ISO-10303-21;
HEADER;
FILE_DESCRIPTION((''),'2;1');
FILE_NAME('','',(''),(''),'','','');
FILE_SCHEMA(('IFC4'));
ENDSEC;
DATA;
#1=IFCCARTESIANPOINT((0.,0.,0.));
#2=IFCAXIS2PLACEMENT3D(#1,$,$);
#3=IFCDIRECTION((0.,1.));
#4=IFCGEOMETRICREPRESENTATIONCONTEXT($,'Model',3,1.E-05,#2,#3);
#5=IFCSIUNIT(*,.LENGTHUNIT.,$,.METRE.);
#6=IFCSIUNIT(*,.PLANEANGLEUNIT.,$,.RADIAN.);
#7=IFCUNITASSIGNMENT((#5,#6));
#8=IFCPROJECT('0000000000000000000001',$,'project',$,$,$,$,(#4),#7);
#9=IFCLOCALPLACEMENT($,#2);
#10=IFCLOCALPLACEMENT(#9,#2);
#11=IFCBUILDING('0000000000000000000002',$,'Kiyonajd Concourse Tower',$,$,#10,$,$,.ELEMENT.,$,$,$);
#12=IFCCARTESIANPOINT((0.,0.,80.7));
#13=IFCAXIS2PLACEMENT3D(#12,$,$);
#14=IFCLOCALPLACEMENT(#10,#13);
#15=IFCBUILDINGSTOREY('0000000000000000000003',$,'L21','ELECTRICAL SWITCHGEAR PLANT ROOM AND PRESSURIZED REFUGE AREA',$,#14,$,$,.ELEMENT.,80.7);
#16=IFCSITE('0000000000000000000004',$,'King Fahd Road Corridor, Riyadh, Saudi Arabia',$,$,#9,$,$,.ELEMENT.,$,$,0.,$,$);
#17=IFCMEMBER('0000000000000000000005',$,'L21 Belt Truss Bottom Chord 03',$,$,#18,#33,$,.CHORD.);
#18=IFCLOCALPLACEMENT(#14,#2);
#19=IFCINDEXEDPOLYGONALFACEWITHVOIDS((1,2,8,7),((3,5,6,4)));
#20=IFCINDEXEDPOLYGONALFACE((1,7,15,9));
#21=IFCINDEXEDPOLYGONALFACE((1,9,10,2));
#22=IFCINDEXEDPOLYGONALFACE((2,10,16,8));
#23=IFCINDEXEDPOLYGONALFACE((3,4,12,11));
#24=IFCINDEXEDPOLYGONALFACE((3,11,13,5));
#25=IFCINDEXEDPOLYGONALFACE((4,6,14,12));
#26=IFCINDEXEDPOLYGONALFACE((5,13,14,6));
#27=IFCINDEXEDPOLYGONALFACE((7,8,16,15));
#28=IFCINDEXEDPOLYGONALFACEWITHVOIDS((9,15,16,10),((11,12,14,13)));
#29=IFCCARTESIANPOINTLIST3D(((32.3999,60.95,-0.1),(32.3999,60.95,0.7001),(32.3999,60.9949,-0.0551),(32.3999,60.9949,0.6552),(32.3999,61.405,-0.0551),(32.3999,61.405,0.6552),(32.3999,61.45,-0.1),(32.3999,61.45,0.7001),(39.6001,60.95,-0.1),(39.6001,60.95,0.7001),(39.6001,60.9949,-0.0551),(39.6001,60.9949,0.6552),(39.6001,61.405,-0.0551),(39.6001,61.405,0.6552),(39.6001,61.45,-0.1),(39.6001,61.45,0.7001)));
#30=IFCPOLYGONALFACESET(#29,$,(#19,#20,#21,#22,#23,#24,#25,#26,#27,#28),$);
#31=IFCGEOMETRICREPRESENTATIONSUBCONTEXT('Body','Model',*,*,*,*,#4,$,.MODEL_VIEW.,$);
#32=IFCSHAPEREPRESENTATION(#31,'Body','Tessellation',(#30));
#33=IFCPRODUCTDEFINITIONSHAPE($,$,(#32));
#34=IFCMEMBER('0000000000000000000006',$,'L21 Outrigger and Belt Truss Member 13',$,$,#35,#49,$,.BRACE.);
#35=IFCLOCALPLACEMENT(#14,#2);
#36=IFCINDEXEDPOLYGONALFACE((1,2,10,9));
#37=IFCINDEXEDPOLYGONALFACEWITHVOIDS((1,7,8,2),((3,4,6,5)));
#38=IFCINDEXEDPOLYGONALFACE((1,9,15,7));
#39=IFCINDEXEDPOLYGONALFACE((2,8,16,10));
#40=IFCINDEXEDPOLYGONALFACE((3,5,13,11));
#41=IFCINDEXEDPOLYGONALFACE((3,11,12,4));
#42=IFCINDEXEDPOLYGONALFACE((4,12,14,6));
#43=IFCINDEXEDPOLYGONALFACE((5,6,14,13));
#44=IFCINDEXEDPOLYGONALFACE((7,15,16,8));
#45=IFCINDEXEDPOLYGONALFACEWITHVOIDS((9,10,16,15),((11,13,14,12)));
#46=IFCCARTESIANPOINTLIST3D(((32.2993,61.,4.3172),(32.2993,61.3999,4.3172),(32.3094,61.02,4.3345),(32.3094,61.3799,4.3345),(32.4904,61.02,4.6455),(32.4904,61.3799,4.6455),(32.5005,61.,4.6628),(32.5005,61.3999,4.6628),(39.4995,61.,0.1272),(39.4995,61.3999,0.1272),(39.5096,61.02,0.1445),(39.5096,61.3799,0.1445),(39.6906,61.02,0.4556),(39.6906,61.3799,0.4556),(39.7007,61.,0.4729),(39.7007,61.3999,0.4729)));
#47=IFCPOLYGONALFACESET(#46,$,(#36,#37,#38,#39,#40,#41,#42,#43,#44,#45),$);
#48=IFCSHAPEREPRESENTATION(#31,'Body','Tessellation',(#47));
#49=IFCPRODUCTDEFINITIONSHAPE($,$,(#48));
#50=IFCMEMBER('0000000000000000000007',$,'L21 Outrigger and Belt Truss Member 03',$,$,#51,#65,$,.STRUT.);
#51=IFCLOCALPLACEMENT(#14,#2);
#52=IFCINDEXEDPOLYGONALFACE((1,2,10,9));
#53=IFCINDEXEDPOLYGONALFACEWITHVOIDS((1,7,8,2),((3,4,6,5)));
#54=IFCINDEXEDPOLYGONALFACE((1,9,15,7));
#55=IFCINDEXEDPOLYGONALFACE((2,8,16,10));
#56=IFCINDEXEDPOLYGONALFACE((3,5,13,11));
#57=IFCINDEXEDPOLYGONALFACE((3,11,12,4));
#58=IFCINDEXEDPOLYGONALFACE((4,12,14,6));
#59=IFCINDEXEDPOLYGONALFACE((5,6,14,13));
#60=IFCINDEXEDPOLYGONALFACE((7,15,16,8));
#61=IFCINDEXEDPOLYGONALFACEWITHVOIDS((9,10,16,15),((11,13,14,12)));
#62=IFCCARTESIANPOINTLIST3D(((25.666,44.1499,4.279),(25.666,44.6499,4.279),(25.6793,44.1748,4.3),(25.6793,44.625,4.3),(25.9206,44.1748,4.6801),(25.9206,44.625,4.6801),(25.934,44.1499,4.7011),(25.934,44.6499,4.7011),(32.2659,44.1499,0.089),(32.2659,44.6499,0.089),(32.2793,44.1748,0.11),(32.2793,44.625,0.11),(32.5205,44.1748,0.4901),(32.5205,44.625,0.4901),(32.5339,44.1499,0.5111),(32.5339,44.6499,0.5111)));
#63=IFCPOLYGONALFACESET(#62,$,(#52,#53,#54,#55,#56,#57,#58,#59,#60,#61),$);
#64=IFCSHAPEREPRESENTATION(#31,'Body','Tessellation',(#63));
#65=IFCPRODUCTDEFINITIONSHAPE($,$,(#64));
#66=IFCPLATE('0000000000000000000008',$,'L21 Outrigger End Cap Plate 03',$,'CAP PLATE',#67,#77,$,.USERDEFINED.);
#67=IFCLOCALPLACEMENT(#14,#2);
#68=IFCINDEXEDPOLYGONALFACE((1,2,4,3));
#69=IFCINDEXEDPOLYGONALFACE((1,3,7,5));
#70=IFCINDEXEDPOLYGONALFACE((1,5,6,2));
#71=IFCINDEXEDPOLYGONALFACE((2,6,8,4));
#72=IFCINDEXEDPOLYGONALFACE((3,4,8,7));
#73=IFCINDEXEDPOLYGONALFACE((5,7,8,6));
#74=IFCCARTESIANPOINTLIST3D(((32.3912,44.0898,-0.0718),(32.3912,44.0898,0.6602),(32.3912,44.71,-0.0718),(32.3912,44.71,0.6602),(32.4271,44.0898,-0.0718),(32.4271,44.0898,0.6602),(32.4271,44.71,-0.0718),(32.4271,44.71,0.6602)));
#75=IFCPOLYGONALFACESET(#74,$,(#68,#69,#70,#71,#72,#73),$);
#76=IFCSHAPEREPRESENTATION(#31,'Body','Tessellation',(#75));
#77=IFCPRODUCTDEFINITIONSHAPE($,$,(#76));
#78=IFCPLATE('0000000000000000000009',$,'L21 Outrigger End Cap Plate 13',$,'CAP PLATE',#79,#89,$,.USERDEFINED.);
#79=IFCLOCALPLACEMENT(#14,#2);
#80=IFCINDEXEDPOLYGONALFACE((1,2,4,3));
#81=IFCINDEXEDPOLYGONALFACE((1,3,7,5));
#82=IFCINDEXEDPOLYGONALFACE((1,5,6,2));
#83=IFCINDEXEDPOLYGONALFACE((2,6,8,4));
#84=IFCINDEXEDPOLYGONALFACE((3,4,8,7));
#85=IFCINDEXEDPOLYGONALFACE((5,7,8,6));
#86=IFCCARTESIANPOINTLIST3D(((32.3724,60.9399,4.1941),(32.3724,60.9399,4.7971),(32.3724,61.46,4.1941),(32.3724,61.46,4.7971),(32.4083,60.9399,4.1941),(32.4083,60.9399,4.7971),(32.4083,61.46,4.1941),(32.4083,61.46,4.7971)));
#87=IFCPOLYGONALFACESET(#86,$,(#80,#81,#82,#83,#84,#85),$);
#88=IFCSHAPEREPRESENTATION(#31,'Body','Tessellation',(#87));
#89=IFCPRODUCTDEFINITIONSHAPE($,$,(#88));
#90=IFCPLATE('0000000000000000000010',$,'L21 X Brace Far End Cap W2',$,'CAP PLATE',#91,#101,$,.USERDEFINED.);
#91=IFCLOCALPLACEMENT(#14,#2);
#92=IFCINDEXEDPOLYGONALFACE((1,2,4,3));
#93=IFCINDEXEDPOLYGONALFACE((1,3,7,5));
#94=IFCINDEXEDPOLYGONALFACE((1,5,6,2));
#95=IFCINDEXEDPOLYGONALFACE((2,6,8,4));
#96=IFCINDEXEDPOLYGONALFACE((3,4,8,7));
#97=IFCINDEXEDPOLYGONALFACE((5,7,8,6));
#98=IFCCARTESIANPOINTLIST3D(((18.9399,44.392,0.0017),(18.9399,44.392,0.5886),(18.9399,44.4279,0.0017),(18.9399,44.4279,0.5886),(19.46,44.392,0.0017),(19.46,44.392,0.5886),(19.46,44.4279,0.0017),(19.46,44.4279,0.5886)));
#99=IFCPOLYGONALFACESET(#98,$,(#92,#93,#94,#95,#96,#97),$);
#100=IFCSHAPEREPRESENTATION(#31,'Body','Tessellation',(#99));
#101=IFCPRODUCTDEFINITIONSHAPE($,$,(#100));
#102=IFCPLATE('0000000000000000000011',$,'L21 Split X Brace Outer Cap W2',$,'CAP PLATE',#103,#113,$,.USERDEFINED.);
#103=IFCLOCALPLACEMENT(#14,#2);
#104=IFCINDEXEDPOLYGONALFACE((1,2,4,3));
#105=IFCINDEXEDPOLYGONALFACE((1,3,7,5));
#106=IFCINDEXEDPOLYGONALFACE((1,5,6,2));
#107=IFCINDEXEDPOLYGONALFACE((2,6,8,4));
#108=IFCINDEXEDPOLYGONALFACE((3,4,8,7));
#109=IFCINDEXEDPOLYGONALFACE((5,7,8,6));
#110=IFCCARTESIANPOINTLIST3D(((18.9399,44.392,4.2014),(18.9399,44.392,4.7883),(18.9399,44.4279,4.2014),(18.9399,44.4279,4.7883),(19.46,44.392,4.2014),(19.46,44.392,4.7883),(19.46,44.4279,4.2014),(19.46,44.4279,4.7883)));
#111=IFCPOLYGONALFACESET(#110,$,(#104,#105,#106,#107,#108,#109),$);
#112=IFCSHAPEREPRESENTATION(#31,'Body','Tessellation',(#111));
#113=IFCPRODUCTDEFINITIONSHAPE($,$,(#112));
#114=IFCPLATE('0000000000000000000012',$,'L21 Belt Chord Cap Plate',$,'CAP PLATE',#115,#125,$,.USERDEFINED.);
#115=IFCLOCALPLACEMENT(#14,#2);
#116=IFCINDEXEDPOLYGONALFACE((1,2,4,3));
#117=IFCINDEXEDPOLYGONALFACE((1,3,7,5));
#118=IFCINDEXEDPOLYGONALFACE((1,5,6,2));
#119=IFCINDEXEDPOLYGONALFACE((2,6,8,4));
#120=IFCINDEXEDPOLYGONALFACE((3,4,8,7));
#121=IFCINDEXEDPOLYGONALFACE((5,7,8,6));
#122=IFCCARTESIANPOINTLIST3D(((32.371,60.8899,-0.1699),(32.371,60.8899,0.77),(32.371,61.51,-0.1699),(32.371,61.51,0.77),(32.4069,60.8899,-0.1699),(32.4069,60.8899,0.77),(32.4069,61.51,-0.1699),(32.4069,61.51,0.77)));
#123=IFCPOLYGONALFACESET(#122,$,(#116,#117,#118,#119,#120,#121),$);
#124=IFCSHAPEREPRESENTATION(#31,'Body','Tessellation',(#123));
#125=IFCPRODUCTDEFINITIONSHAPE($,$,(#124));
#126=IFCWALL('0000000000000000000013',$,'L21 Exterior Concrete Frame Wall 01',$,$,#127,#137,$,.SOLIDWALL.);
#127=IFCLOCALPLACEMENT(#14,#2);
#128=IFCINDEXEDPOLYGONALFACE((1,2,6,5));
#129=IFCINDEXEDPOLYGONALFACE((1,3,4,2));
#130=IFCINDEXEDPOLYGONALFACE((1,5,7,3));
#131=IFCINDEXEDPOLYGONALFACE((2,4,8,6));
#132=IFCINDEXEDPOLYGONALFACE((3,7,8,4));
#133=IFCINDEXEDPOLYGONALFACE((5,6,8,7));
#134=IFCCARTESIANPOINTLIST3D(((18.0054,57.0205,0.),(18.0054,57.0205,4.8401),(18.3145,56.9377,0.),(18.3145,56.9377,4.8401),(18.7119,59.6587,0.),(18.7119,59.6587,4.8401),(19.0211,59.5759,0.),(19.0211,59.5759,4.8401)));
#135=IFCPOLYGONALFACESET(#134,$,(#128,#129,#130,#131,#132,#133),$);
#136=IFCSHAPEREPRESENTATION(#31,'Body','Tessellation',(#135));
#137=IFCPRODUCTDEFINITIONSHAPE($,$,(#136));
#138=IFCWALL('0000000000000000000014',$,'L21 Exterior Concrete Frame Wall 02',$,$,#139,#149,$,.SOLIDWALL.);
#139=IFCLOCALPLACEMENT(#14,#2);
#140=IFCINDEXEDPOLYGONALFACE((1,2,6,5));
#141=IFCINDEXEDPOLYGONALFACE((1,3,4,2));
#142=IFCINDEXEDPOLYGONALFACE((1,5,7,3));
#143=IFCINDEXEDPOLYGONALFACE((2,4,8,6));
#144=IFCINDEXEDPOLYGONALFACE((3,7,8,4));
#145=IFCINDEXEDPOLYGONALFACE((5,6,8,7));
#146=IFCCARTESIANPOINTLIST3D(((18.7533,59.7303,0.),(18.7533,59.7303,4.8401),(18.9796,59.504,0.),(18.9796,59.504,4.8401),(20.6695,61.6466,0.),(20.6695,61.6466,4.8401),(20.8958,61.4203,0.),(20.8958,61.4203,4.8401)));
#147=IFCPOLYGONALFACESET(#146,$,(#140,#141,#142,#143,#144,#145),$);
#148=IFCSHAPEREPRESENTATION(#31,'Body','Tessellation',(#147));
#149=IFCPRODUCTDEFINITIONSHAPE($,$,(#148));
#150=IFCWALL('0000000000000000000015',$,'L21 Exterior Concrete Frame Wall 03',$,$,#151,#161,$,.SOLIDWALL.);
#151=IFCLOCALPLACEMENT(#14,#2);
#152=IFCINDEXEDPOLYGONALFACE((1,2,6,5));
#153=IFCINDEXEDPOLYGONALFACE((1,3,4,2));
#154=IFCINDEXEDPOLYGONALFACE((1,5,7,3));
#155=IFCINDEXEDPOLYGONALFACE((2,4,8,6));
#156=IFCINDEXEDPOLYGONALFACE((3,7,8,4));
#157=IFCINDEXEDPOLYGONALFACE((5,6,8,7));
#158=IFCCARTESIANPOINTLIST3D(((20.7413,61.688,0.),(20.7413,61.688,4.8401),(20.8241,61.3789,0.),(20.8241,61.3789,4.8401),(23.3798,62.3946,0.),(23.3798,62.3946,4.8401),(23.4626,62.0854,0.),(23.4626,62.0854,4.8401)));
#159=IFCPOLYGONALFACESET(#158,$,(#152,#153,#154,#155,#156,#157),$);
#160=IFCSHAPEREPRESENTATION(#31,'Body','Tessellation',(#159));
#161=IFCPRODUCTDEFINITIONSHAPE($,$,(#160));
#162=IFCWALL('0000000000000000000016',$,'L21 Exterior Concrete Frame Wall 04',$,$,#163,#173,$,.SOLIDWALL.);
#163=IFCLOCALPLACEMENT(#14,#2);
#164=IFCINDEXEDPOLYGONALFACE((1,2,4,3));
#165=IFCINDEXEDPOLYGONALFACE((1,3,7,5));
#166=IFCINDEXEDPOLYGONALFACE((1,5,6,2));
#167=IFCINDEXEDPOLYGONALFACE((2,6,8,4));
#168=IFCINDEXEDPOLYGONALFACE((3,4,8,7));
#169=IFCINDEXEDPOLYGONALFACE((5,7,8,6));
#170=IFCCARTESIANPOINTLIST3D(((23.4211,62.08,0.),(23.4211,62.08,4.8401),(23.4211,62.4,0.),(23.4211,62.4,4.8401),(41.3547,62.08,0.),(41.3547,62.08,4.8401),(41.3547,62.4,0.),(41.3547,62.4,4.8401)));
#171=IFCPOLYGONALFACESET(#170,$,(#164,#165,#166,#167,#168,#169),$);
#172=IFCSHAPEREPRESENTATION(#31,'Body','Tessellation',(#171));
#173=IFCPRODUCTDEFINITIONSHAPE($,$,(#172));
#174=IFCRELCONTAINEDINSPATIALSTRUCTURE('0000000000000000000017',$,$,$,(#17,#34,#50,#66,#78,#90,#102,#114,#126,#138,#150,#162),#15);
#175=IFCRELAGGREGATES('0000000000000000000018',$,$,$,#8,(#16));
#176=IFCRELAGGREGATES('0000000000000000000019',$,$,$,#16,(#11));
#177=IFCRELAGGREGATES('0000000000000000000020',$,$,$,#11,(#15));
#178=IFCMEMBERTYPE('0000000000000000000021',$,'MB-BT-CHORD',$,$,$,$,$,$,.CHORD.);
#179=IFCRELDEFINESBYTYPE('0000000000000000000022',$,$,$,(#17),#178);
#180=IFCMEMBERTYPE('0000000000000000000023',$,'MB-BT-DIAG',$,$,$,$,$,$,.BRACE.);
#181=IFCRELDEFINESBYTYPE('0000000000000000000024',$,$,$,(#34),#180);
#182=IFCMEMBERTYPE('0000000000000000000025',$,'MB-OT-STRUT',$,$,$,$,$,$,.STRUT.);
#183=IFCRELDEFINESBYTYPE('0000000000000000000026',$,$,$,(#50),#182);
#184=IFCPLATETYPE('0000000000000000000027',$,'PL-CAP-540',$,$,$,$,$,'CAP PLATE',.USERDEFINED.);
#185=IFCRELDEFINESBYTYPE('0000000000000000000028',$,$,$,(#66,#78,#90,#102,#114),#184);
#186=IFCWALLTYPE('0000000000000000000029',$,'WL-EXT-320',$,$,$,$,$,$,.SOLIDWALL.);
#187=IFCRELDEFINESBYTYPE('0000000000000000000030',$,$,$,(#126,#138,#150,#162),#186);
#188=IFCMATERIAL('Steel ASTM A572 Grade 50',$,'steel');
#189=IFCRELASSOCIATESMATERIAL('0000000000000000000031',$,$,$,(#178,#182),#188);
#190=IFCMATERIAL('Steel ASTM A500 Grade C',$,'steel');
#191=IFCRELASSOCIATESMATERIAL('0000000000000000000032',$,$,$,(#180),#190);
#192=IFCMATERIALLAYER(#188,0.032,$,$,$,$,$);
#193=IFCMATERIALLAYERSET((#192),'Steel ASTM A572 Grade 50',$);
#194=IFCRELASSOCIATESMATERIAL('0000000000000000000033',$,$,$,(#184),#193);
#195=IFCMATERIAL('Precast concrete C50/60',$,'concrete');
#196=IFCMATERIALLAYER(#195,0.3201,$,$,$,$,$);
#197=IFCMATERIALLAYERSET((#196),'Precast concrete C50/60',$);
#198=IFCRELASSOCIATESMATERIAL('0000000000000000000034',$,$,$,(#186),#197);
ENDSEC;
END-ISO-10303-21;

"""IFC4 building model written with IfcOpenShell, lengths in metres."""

from ifc_helpers import new_model, si_unit, direction, frame, frame_2d, origin, origin_2d, place, context, subcontext, project, spatial, rectangle, hollow_rectangle, extrude, material, layer, layer_set, material_profile, profile_set, type_object, element, save


model = new_model("IFC4")

# Units and contexts
model_context = context("Model", 3, precision=1e-05, world=origin(), true_north=direction((0.0, 1.0)))
body_context = subcontext(model_context, "Body", "Model", "MODEL_VIEW")
ifc_project = project(units=[si_unit("LENGTHUNIT", "METRE"), si_unit("PLANEANGLEUNIT", "RADIAN")], contexts=[model_context])

# Site, building, storey
site_placement = place(None, origin())
site = spatial("IfcSite", under=ifc_project, at=site_placement, Name="King Fahd Road Corridor, Riyadh, Saudi Arabia", CompositionType="ELEMENT", RefElevation=0.0)
building_placement = place(site_placement, origin())
building = spatial("IfcBuilding", under=site, at=building_placement, Name="Kiyonajd Concourse Tower", CompositionType="ELEMENT")
storey_placement = place(building_placement, frame((0.0, 0.0, 80.7)))
storey = spatial("IfcBuildingStorey", under=building, at=storey_placement, Name="L21", Description="ELECTRICAL SWITCHGEAR PLANT ROOM AND PRESSURIZED REFUGE AREA", CompositionType="ELEMENT", Elevation=80.7)

# Members
ifc_material_1 = material(Name="Steel ASTM A572 Grade 50", Category="steel")
ifc_material_profile_1 = material_profile(ifc_material_1, hollow_rectangle(XDim=0.5, YDim=0.8, WallThickness=0.0449, at=origin_2d()), Name="BOX-800x500x45")
ifc_profile_set_1 = profile_set([ifc_material_profile_1], Name="Steel ASTM A572 Grade 50")
member_type_1 = type_object("IfcMemberType", Name="MB-BT-CHORD", PredefinedType="CHORD", material=ifc_profile_set_1)
member_1_placement = place(storey_placement, frame((32.3999, 61.2, 0.3), z_axis=(1.0, 0.0, 0.0), x_axis=(0.0, 1.0, 0.0)))
element("IfcMember", 1, at=member_1_placement, inside=storey, type_object=member_type_1, Name="L21 Belt Truss Bottom Chord 03", PredefinedType="CHORD", context=body_context, shape_type="SweptSolid", body=[
    extrude(hollow_rectangle(XDim=0.5, YDim=0.8, WallThickness=0.0449, at=origin_2d()), origin(), (0.0, 0.0, 1.0), 7.2002),
])
ifc_material_2 = material(Name="Steel ASTM A500 Grade C", Category="steel")
ifc_material_profile_2 = material_profile(ifc_material_2, hollow_rectangle(XDim=0.3999, YDim=0.3999, WallThickness=0.02, at=origin_2d()), Name="HSS-400x400x20")
ifc_profile_set_2 = profile_set([ifc_material_profile_2], Name="Steel ASTM A500 Grade C")
member_type_2 = type_object("IfcMemberType", Name="MB-BT-DIAG", PredefinedType="BRACE", material=ifc_profile_set_2)
member_2_placement = place(storey_placement, frame((32.3999, 61.2, 4.49), z_axis=(0.86431, 0.0, -0.50296), x_axis=(0.0, 1.0, 0.0)))
element("IfcMember", 2, at=member_2_placement, inside=storey, type_object=member_type_2, Name="L21 Outrigger and Belt Truss Member 13", PredefinedType="BRACE", context=body_context, shape_type="SweptSolid", body=[
    extrude(hollow_rectangle(XDim=0.3999, YDim=0.3999, WallThickness=0.02, at=origin_2d()), origin(), (0.0, 0.0, 1.0), 8.3306),
])
ifc_material_profile_3 = material_profile(ifc_material_1, hollow_rectangle(XDim=0.5, YDim=0.5, WallThickness=0.0249, at=origin_2d()), Name="HSS-500x500x25")
ifc_profile_set_3 = profile_set([ifc_material_profile_3], Name="Steel ASTM A572 Grade 50")
member_type_3 = type_object("IfcMemberType", Name="MB-OT-STRUT", PredefinedType="STRUT", material=ifc_profile_set_3)
member_3_placement = place(storey_placement, frame((32.3999, 44.3999, 0.3), z_axis=(-0.844238, 0.0, 0.535968), x_axis=(0.0, -1.0, 0.0)))
element("IfcMember", 3, at=member_3_placement, inside=storey, type_object=member_type_3, Name="L21 Outrigger and Belt Truss Member 03", PredefinedType="STRUT", context=body_context, shape_type="SweptSolid", body=[
    extrude(hollow_rectangle(XDim=0.5, YDim=0.5, WallThickness=0.0249, at=origin_2d()), origin(), (0.0, 0.0, 1.0), 7.8176),
])

# Plates
ifc_layer_1 = layer(ifc_material_1, 0.032)
ifc_layer_set_1 = layer_set([ifc_layer_1], Name="Steel ASTM A572 Grade 50")
plate_type = type_object("IfcPlateType", Name="PL-CAP-540", ElementType="CAP PLATE", PredefinedType="USERDEFINED", material=ifc_layer_set_1)
plate_1_placement = place(storey_placement, frame((32.4092, 44.3999, -0.0718), z_axis=(0.0, 0.0, 1.0), x_axis=(1.0, 0.0, 0.0)))
element("IfcPlate", 4, at=plate_1_placement, inside=storey, type_object=plate_type, Name="L21 Outrigger End Cap Plate 03", ObjectType="CAP PLATE", PredefinedType="USERDEFINED", context=body_context, shape_type="SweptSolid", body=[
    extrude(rectangle(XDim=0.0359, YDim=0.6201, at=origin_2d()), origin(), (0.0, 0.0, 1.0), 0.7319),
])
plate_2_placement = place(storey_placement, frame((32.3904, 61.2, 4.1941), z_axis=(0.0, 0.0, 1.0), x_axis=(-1.0, 0.0, 0.0)))
element("IfcPlate", 5, at=plate_2_placement, inside=storey, type_object=plate_type, Name="L21 Outrigger End Cap Plate 13", ObjectType="CAP PLATE", PredefinedType="USERDEFINED", context=body_context, shape_type="SweptSolid", body=[
    extrude(rectangle(XDim=0.0359, YDim=0.52, at=origin_2d()), origin(), (0.0, 0.0, 1.0), 0.603),
])
for number, where, z_axis, x_axis, name in (
    (6, (19.2, 44.4099, 0.0017), (0.0, 0.0, 1.0), (0.0, 1.0, 0.0), "L21 X Brace Far End Cap W2"),
    (7, (19.2, 44.4099, 4.2014), (0.0, 0.0, 1.0), (0.0, 1.0, 0.0), "L21 Split X Brace Outer Cap W2"),
):
    element("IfcPlate", number, at=place(storey_placement, frame(where, z_axis=z_axis, x_axis=x_axis)), inside=storey, type_object=plate_type, Name=name, ObjectType="CAP PLATE", PredefinedType="USERDEFINED", context=body_context, shape_type="SweptSolid", body=[
        extrude(rectangle(XDim=0.0359, YDim=0.52, at=origin_2d()), origin(), (0.0, 0.0, 1.0), 0.5869),
    ])
plate_3_placement = place(storey_placement, frame((32.3889, 61.2, -0.1699), z_axis=(0.0, 0.0, 1.0), x_axis=(-1.0, 0.0, 0.0)))
element("IfcPlate", 8, at=plate_3_placement, inside=storey, type_object=plate_type, Name="L21 Belt Chord Cap Plate", ObjectType="CAP PLATE", PredefinedType="USERDEFINED", context=body_context, shape_type="SweptSolid", body=[
    extrude(rectangle(XDim=0.0359, YDim=0.6201, at=origin_2d()), origin(), (0.0, 0.0, 1.0), 0.9399),
])

# Walls
ifc_material_3 = material(Name="Precast concrete C50/60", Category="concrete")
ifc_layer_2 = layer(ifc_material_3, 0.3201)
ifc_layer_set_2 = layer_set([ifc_layer_2], Name="Precast concrete C50/60")
wall_type_1 = type_object("IfcWallType", Name="WL-EXT-320", PredefinedType="SOLIDWALL", material=ifc_layer_set_2)
wall_1_placement = place(storey_placement, frame((18.1599, 56.979, 0.0), z_axis=(0.0, 0.0, 1.0), x_axis=(0.258697, 0.965958, 0.0)))
element("IfcWall", 9, at=wall_1_placement, inside=storey, type_object=wall_type_1, Name="L21 Exterior Concrete Frame Wall 01", PredefinedType="SOLIDWALL", context=body_context, shape_type="SweptSolid", body=[
    extrude(rectangle(XDim=2.7312, YDim=0.3201, at=frame_2d((1.3657, 0.0))), origin(), (0.0, 0.0, 1.0), 4.8401),
])
wall_2_placement = place(storey_placement, frame((18.8665, 59.6172, 0.0), z_axis=(0.0, 0.0, 1.0), x_axis=(0.707107, 0.707107, 0.0)))
element("IfcWall", 10, at=wall_2_placement, inside=storey, type_object=wall_type_1, Name="L21 Exterior Concrete Frame Wall 02", PredefinedType="SOLIDWALL", context=body_context, shape_type="SweptSolid", body=[
    extrude(rectangle(XDim=2.71, YDim=0.3201, at=frame_2d((1.355, 0.0))), origin(), (0.0, 0.0, 1.0), 4.8401),
])
wall_3_placement = place(storey_placement, frame((20.7827, 61.5334, 0.0), z_axis=(0.0, 0.0, 1.0), x_axis=(0.965964, 0.258675, 0.0)))
element("IfcWall", 11, at=wall_3_placement, inside=storey, type_object=wall_type_1, Name="L21 Exterior Concrete Frame Wall 03", PredefinedType="SOLIDWALL", context=body_context, shape_type="SweptSolid", body=[
    extrude(rectangle(XDim=2.7314, YDim=0.3201, at=frame_2d((1.3657, 0.0))), origin(), (0.0, 0.0, 1.0), 4.8401),
])
wall_4_placement = place(storey_placement, frame((23.4211, 62.24, 0.0), z_axis=(0.0, 0.0, 1.0), x_axis=(1.0, 0.0, 0.0)))
element("IfcWall", 12, at=wall_4_placement, inside=storey, type_object=wall_type_1, Name="L21 Exterior Concrete Frame Wall 04", PredefinedType="SOLIDWALL", context=body_context, shape_type="SweptSolid", body=[
    extrude(rectangle(XDim=17.9336, YDim=0.3201, at=frame_2d((8.9668, 0.0))), origin(), (0.0, 0.0, 1.0), 4.8401),
])

save(model, "model.ifc")
